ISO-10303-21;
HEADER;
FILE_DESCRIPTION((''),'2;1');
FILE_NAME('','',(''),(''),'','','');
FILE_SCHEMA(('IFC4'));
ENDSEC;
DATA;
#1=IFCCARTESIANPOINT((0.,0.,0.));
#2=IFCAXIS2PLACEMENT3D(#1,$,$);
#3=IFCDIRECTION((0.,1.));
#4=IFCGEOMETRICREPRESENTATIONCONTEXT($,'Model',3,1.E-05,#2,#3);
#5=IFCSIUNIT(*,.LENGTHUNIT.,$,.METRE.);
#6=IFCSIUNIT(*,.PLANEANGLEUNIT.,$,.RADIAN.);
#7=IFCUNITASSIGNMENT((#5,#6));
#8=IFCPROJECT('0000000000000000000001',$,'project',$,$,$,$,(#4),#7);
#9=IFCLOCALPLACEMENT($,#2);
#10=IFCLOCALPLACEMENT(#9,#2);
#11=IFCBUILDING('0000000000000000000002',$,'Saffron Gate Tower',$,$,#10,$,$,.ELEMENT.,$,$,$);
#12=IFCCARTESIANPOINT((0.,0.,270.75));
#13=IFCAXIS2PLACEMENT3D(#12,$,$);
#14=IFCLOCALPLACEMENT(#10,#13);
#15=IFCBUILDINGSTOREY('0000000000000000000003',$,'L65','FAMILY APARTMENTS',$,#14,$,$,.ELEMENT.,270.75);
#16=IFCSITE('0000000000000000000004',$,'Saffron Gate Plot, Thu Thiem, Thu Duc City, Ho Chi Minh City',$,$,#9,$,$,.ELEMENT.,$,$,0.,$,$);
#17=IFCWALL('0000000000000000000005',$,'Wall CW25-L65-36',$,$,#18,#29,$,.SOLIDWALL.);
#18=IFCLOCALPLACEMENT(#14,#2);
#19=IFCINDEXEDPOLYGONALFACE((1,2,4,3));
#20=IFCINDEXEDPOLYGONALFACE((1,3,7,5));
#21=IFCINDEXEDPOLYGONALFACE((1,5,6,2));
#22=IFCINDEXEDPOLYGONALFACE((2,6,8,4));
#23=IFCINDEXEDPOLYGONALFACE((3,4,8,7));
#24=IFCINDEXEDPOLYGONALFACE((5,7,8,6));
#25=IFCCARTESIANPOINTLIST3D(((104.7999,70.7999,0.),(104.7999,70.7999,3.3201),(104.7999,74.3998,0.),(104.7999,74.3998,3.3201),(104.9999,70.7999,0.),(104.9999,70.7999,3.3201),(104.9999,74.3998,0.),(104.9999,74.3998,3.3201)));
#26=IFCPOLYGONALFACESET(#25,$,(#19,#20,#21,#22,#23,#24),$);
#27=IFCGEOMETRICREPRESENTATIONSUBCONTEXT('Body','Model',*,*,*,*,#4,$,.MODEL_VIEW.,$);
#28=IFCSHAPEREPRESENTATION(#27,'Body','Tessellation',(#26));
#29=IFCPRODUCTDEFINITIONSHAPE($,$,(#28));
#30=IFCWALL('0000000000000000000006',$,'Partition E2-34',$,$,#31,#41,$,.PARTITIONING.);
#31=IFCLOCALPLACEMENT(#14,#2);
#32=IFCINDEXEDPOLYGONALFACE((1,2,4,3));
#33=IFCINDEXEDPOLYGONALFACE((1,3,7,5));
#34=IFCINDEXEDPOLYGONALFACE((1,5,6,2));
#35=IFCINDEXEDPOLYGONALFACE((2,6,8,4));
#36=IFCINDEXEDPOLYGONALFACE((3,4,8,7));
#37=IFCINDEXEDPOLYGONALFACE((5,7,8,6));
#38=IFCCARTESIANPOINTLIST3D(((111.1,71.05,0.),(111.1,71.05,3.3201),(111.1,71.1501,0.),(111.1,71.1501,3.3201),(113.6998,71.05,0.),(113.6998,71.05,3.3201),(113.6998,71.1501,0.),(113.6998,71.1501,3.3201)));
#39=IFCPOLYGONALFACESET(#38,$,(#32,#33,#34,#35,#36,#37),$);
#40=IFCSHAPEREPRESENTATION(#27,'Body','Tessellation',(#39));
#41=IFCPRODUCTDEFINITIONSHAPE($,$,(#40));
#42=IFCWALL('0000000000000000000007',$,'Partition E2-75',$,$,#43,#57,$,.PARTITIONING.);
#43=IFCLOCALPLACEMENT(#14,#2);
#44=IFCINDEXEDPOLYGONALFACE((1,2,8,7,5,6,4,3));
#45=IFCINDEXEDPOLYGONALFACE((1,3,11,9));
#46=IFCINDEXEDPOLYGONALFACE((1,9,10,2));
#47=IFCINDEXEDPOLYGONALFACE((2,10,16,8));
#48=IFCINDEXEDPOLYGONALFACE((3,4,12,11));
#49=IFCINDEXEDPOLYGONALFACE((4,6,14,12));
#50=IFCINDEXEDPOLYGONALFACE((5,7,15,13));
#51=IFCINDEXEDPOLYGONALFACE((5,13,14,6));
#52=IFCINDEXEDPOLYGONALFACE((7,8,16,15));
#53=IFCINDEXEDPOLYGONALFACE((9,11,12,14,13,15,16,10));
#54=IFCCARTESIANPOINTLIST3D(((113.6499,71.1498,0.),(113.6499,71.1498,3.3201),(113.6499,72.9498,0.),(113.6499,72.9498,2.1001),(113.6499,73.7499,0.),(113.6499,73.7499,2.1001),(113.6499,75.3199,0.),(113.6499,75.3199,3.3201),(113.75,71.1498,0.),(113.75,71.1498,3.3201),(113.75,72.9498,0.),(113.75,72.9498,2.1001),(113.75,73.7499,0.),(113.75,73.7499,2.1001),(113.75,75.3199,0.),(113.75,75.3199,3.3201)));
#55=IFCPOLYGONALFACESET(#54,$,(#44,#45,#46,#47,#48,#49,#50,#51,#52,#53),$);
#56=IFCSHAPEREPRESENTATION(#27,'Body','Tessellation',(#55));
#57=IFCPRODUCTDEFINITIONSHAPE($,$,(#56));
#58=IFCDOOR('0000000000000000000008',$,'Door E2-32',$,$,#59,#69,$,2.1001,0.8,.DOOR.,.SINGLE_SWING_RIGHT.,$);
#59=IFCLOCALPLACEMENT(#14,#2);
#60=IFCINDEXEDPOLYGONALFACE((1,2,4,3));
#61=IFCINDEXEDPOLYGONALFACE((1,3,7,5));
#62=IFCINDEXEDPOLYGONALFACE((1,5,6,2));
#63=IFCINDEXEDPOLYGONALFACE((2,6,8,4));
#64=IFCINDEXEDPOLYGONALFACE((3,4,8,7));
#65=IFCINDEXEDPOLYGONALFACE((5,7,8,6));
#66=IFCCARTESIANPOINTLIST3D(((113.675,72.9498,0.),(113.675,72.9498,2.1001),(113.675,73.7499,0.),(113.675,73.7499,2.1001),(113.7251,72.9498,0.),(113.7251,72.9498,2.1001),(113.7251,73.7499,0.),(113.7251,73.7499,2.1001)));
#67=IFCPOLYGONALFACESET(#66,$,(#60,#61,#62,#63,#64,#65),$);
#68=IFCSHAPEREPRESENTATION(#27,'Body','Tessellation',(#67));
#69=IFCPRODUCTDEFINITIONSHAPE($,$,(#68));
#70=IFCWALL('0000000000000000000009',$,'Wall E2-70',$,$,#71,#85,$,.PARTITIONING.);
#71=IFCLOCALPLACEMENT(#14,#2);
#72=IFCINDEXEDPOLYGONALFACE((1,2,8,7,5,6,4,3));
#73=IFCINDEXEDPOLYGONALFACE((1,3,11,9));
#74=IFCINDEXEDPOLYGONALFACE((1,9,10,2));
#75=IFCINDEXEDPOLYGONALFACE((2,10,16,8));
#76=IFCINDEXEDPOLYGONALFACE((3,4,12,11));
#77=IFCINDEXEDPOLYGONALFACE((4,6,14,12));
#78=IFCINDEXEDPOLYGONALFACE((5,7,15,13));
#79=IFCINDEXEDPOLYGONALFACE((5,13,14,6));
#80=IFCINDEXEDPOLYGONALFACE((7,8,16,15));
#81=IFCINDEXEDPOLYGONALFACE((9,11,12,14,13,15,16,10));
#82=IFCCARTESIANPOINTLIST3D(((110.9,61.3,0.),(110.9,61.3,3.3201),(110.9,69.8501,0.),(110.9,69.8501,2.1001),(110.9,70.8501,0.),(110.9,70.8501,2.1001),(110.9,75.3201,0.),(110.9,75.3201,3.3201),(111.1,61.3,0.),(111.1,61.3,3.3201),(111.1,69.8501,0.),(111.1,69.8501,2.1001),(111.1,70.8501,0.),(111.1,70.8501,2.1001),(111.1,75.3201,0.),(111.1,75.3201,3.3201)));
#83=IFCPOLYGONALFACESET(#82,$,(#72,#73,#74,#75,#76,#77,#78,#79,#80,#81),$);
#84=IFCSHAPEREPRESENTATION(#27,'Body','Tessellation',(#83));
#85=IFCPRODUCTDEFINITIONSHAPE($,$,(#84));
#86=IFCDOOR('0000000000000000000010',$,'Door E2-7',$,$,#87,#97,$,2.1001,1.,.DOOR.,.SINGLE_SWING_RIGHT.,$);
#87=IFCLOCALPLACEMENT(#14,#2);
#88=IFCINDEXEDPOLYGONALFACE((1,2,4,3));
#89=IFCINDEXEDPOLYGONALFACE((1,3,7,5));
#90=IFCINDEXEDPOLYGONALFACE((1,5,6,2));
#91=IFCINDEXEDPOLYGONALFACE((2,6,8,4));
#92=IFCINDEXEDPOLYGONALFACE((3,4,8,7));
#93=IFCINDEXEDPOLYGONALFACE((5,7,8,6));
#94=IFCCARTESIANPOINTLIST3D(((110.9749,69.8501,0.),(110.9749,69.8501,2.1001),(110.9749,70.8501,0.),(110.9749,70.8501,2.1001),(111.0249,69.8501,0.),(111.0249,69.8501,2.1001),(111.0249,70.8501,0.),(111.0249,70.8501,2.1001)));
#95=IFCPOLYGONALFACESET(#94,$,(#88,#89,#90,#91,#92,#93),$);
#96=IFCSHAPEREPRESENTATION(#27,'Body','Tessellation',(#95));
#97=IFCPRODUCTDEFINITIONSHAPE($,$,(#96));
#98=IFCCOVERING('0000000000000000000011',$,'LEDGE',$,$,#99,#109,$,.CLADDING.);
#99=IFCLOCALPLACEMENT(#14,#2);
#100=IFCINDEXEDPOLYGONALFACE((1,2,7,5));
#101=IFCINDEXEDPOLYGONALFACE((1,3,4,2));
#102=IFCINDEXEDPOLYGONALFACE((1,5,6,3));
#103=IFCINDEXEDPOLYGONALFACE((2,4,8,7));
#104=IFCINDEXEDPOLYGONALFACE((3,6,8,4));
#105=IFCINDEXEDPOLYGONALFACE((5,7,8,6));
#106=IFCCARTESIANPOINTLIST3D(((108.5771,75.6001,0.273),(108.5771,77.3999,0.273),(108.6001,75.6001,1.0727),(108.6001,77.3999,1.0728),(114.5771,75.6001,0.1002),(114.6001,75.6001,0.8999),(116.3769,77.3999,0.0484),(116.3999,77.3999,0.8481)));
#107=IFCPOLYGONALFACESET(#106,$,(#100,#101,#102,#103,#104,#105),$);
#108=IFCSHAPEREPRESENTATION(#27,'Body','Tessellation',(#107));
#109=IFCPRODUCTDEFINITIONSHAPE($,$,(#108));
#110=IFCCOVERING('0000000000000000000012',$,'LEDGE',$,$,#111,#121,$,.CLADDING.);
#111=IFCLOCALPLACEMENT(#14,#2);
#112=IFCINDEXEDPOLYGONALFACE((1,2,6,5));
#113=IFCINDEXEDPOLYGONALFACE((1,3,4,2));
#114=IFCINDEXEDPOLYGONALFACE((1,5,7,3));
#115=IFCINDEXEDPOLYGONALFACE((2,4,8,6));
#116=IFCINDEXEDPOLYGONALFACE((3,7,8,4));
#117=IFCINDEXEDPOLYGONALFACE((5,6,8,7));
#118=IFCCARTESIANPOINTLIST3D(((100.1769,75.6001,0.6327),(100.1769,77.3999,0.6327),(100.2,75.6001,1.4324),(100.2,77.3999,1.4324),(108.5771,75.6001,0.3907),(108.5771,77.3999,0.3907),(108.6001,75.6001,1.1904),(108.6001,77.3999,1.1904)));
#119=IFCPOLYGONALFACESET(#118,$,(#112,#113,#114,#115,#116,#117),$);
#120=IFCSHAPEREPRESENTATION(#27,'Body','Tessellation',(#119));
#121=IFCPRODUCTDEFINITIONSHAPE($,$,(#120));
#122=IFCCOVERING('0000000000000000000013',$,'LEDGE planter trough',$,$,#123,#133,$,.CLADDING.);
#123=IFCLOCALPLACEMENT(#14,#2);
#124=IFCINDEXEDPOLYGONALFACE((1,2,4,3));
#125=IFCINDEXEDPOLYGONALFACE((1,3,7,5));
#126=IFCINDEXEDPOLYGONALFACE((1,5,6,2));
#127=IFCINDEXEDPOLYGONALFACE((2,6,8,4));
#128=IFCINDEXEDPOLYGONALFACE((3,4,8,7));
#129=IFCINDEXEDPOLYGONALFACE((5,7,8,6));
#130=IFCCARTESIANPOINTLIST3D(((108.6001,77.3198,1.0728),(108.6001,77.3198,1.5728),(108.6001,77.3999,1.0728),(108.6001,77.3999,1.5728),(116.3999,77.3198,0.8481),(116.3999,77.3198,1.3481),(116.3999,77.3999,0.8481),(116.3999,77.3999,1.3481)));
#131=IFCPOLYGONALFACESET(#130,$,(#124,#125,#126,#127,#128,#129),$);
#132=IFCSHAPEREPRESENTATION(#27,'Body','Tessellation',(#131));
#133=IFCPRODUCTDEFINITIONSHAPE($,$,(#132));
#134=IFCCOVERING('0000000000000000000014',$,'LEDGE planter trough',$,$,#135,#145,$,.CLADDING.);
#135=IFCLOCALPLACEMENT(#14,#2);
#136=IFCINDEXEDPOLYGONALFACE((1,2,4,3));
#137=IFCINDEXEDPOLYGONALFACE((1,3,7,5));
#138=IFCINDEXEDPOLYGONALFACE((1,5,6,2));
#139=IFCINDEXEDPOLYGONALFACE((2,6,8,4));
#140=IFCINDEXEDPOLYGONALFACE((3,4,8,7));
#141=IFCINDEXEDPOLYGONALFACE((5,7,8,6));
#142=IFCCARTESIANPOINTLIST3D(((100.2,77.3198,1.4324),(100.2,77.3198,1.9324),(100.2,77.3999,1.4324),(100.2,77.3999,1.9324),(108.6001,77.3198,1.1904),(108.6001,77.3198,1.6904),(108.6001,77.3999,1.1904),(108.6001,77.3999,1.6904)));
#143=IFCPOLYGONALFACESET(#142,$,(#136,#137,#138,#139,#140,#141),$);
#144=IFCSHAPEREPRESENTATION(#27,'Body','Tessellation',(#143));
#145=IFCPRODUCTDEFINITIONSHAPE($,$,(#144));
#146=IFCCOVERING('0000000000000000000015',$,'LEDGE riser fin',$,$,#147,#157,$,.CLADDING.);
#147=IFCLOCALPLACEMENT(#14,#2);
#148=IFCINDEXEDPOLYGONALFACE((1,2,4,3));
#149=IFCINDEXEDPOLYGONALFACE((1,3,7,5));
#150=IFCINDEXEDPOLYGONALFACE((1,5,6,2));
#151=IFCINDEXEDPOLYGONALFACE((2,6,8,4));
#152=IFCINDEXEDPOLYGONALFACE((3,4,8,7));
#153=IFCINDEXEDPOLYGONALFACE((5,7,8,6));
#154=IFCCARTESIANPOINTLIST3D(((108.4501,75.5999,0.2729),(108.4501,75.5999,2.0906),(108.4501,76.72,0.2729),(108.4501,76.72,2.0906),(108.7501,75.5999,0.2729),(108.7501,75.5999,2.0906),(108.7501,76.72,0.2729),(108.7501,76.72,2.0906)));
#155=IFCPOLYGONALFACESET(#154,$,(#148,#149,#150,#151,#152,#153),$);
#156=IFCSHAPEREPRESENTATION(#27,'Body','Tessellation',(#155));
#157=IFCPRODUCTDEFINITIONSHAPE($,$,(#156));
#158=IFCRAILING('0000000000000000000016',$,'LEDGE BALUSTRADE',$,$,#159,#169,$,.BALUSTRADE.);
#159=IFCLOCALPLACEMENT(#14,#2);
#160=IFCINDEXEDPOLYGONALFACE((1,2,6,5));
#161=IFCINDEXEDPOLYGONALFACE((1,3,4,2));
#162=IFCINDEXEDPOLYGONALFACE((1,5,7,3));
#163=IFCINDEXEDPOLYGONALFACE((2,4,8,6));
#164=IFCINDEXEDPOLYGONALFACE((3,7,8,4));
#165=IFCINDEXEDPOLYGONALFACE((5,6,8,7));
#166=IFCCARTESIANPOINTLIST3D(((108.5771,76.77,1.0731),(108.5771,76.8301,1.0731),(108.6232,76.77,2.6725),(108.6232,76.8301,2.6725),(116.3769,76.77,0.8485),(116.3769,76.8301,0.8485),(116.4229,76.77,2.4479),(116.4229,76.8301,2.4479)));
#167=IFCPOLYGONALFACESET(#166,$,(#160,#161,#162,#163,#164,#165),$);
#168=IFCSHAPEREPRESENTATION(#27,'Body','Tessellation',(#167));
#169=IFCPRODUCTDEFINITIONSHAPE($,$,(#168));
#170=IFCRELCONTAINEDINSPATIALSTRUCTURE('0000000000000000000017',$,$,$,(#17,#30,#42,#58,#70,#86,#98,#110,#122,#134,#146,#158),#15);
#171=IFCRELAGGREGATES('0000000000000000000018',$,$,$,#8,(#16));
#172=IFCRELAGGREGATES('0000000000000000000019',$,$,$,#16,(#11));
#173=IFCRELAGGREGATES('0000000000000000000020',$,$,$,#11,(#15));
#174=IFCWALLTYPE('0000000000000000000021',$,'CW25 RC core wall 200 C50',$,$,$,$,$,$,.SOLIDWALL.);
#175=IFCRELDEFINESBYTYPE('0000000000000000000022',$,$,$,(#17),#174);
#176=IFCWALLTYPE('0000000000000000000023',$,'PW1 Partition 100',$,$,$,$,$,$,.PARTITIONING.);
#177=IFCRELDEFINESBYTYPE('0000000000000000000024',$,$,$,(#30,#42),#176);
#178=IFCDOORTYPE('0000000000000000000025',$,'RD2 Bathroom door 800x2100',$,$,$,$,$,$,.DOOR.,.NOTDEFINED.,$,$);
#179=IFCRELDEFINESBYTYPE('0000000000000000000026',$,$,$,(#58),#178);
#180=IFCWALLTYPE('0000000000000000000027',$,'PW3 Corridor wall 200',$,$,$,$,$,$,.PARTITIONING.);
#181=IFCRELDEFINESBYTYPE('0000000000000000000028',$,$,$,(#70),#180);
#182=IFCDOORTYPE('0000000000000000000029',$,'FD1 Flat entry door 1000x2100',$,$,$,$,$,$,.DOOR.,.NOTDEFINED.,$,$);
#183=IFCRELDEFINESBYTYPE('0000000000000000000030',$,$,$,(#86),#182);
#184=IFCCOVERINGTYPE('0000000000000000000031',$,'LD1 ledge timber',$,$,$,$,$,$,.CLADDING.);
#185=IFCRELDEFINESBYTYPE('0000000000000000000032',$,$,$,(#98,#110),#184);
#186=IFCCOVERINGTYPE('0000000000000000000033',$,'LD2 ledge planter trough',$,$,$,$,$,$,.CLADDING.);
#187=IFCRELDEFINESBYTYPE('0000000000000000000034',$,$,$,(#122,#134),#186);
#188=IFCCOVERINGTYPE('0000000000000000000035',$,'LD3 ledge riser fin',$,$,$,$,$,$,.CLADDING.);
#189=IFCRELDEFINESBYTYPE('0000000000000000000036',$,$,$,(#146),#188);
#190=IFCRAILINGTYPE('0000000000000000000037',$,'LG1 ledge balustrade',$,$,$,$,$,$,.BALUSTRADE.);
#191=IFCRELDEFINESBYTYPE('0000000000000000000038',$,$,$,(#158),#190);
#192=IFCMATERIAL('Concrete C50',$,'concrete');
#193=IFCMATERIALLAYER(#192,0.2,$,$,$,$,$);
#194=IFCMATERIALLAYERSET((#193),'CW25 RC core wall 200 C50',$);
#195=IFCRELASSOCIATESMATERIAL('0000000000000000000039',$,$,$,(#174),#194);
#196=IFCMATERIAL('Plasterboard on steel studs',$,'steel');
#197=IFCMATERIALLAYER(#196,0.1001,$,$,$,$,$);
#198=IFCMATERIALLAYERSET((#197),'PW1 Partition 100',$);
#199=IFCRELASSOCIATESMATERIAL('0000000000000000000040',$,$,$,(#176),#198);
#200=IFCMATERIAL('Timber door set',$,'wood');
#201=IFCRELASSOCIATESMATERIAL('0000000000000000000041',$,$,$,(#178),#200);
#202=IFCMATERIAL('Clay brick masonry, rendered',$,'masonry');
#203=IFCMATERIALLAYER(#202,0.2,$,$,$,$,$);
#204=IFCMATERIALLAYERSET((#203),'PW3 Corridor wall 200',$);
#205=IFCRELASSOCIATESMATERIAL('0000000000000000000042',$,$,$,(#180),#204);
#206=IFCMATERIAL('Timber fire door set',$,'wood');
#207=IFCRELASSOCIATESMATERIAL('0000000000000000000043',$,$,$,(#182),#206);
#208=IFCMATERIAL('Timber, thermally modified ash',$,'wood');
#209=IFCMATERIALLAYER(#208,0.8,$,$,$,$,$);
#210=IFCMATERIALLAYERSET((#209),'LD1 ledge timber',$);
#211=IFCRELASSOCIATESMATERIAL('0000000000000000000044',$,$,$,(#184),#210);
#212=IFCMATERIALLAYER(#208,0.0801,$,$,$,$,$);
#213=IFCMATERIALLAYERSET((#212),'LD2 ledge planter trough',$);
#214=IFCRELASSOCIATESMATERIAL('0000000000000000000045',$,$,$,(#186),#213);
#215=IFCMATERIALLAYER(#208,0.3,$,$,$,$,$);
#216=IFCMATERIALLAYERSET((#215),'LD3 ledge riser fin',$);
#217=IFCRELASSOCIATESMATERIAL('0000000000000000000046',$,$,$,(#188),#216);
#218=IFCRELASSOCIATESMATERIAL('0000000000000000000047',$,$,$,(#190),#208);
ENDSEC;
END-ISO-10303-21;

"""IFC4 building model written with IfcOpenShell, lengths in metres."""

from ifc_helpers import new_model, si_unit, direction, frame, frame_2d, origin, origin_2d, place, context, subcontext, project, spatial, polyline, rectangle, outline, extrude, material, layer, layer_set, type_object, element, fill, save


model = new_model("IFC4")

# Units and contexts
model_context = context("Model", 3, precision=1e-05, world=origin(), true_north=direction((0.0, 1.0)))
body_context = subcontext(model_context, "Body", "Model", "MODEL_VIEW")
ifc_project = project(units=[si_unit("LENGTHUNIT", "METRE"), si_unit("PLANEANGLEUNIT", "RADIAN")], contexts=[model_context])

# Site, building, storey
site_placement = place(None, origin())
site = spatial("IfcSite", under=ifc_project, at=site_placement, Name="Saffron Gate Plot, Thu Thiem, Thu Duc City, Ho Chi Minh City", CompositionType="ELEMENT", RefElevation=0.0)
building_placement = place(site_placement, origin())
building = spatial("IfcBuilding", under=site, at=building_placement, Name="Saffron Gate Tower", CompositionType="ELEMENT")
storey_placement = place(building_placement, frame((0.0, 0.0, 270.75)))
storey = spatial("IfcBuildingStorey", under=building, at=storey_placement, Name="L65", Description="FAMILY APARTMENTS", CompositionType="ELEMENT", Elevation=270.75)

# Walls
ifc_material_1 = material(Name="Concrete C50", Category="concrete")
ifc_layer_1 = layer(ifc_material_1, 0.2)
ifc_layer_set_1 = layer_set([ifc_layer_1], Name="CW25 RC core wall 200 C50")
wall_type_1 = type_object("IfcWallType", Name="CW25 RC core wall 200 C50", PredefinedType="SOLIDWALL", material=ifc_layer_set_1)
wall_1_placement = place(storey_placement, frame((104.8999, 70.8, 0.0), z_axis=(0.0, 0.0, 1.0), x_axis=(0.0, 1.0, 0.0)))
element("IfcWall", 1, at=wall_1_placement, inside=storey, type_object=wall_type_1, Name="Wall CW25-L65-36", PredefinedType="SOLIDWALL", context=body_context, shape_type="SweptSolid", body=[
    extrude(rectangle(XDim=3.5999, YDim=0.2, at=frame_2d((1.7998, 0.0))), origin(), (0.0, 0.0, 1.0), 3.3201),
])
ifc_material_2 = material(Name="Plasterboard on steel studs", Category="steel")
ifc_layer_2 = layer(ifc_material_2, 0.1001)
ifc_layer_set_2 = layer_set([ifc_layer_2], Name="PW1 Partition 100")
wall_type_2 = type_object("IfcWallType", Name="PW1 Partition 100", PredefinedType="PARTITIONING", material=ifc_layer_set_2)
wall_2_placement = place(storey_placement, frame((111.1001, 71.1001, 0.0), z_axis=(0.0, 0.0, 1.0), x_axis=(1.0, 0.0, 0.0)))
element("IfcWall", 2, at=wall_2_placement, inside=storey, type_object=wall_type_2, Name="Partition E2-34", PredefinedType="PARTITIONING", context=body_context, shape_type="SweptSolid", body=[
    extrude(rectangle(XDim=2.5999, YDim=0.1001, at=frame_2d((1.2998, 0.0))), origin(), (0.0, 0.0, 1.0), 3.3201),
])

# Walls, openings, doors
wall_3_placement = place(storey_placement, frame((113.7, 71.1499, 0.0), z_axis=(0.0, 0.0, 1.0), x_axis=(0.0, 1.0, 0.0)))
wall_3 = element("IfcWall", 3, at=wall_3_placement, inside=storey, type_object=wall_type_2, Name="Partition E2-75", PredefinedType="PARTITIONING", context=body_context, shape_type="SweptSolid", body=[
    extrude(rectangle(XDim=4.1702, YDim=0.1001, at=frame_2d((2.085, 0.0))), origin(), (0.0, 0.0, 1.0), 3.3201),
])
opening_1_placement = place(wall_3_placement, frame((1.8, 0.0, 0.0)))
opening_1 = element("IfcOpeningElement", 4, at=opening_1_placement, cuts=wall_3, PredefinedType="OPENING", context=body_context, shape_type="SweptSolid", body=[
    extrude(rectangle(XDim=0.8, YDim=2.1001, at=frame_2d((0.3999, 1.05))), frame((0.0, 0.0601, 0.0), z_axis=(0.0, -1.0, 0.0), x_axis=(1.0, 0.0, 0.0)), (0.0, 0.0, 1.0), 0.1201),
])
ifc_material_3 = material(Name="Timber door set", Category="wood")
door_type_1 = type_object("IfcDoorType", Name="RD2 Bathroom door 800x2100", OperationType="NOTDEFINED", PredefinedType="DOOR", material=ifc_material_3)
door_1_placement = place(opening_1_placement, origin())
door_1 = element("IfcDoor", 5, at=door_1_placement, inside=storey, type_object=door_type_1, Name="Door E2-32", OperationType="SINGLE_SWING_RIGHT", OverallHeight=2.1001, OverallWidth=0.8, PredefinedType="DOOR", context=body_context, shape_type="SweptSolid", body=[
    extrude(rectangle(XDim=0.8, YDim=2.1001, at=frame_2d((0.3999, 1.05))), frame((0.0, 0.0249, 0.0), z_axis=(0.0, -1.0, 0.0), x_axis=(1.0, 0.0, 0.0)), (0.0, 0.0, 1.0), 0.05),
])
fill(opening_1, door_1)
ifc_material_4 = material(Name="Clay brick masonry, rendered", Category="masonry")
ifc_layer_3 = layer(ifc_material_4, 0.2)
ifc_layer_set_3 = layer_set([ifc_layer_3], Name="PW3 Corridor wall 200")
wall_type_3 = type_object("IfcWallType", Name="PW3 Corridor wall 200", PredefinedType="PARTITIONING", material=ifc_layer_set_3)
wall_4_placement = place(storey_placement, frame((111.0, 75.3201, 0.0), z_axis=(0.0, 0.0, 1.0), x_axis=(0.0, -1.0, 0.0)))
wall_4 = element("IfcWall", 6, at=wall_4_placement, inside=storey, type_object=wall_type_3, Name="Wall E2-70", PredefinedType="PARTITIONING", context=body_context, shape_type="SweptSolid", body=[
    extrude(rectangle(XDim=14.02, YDim=0.2, at=frame_2d((7.01, 0.0))), origin(), (0.0, 0.0, 1.0), 3.3201),
])
opening_2_placement = place(wall_4_placement, frame((4.47, 0.0, 0.0)))
opening_2 = element("IfcOpeningElement", 7, at=opening_2_placement, cuts=wall_4, PredefinedType="OPENING", context=body_context, shape_type="SweptSolid", body=[
    extrude(rectangle(XDim=1.0, YDim=2.1001, at=frame_2d((0.5, 1.05))), frame((0.0, 0.1099, 0.0), z_axis=(0.0, -1.0, 0.0), x_axis=(1.0, 0.0, 0.0)), (0.0, 0.0, 1.0), 0.22),
])
ifc_material_5 = material(Name="Timber fire door set", Category="wood")
door_type_2 = type_object("IfcDoorType", Name="FD1 Flat entry door 1000x2100", OperationType="NOTDEFINED", PredefinedType="DOOR", material=ifc_material_5)
door_2_placement = place(opening_2_placement, origin())
door_2 = element("IfcDoor", 8, at=door_2_placement, inside=storey, type_object=door_type_2, Name="Door E2-7", OperationType="SINGLE_SWING_RIGHT", OverallHeight=2.1001, OverallWidth=1.0, PredefinedType="DOOR", context=body_context, shape_type="SweptSolid", body=[
    extrude(rectangle(XDim=1.0, YDim=2.1001, at=frame_2d((0.5, 1.05))), frame((0.0, 0.0249, 0.0), z_axis=(0.0, -1.0, 0.0), x_axis=(1.0, 0.0, 0.0)), (0.0, 0.0, 1.0), 0.05),
])
fill(opening_2, door_2)

# Coverings
ifc_material_6 = material(Name="Timber, thermally modified ash", Category="wood")
ifc_layer_4 = layer(ifc_material_6, 0.8)
ifc_layer_set_4 = layer_set([ifc_layer_4], Name="LD1 ledge timber")
covering_type_1 = type_object("IfcCoveringType", Name="LD1 ledge timber", PredefinedType="CLADDING", material=ifc_layer_set_4)
covering_1_placement = place(storey_placement, frame((114.6001, 75.6001, 0.8999), z_axis=(0.02879, -0.000022, 0.999585), x_axis=(-0.999585, 0.0, 0.02879)))
element("IfcCovering", 9, at=covering_1_placement, inside=storey, type_object=covering_type_1, Name="LEDGE", PredefinedType="CLADDING", context=body_context, shape_type="SweptSolid", body=[
    extrude(outline(polyline([(0.0, 0.0), (6.0025, 0.0), (6.0025, -1.7998), (-1.8005, -1.7998), (0.0, 0.0)])), origin(), (0.0, 0.0, -1.0), 0.8),
])
covering_2_placement = place(storey_placement, frame((108.6001, 75.6001, 1.1904), z_axis=(0.02879, 0.0, 0.999585), x_axis=(-0.999585, 0.0, 0.02879)))
element("IfcCovering", 10, at=covering_2_placement, inside=storey, type_object=covering_type_1, Name="LEDGE", PredefinedType="CLADDING", context=body_context, shape_type="SweptSolid", body=[
    extrude(outline(polyline([(0.0, 0.0), (8.4036, 0.0), (8.4036, -1.7998), (0.0, -1.7998), (0.0, 0.0)])), origin(), (0.0, 0.0, -1.0), 0.8),
])
ifc_layer_5 = layer(ifc_material_6, 0.0801)
ifc_layer_set_5 = layer_set([ifc_layer_5], Name="LD2 ledge planter trough")
covering_type_2 = type_object("IfcCoveringType", Name="LD2 ledge planter trough", PredefinedType="CLADDING", material=ifc_layer_set_5)
covering_3_placement = place(storey_placement, frame((116.3999, 77.3999, 0.8481), z_axis=(0.0, 1.0, 0.0), x_axis=(-0.999586, 0.0, 0.028785)))
element("IfcCovering", 11, at=covering_3_placement, inside=storey, type_object=covering_type_2, Name="LEDGE planter trough", PredefinedType="CLADDING", context=body_context, shape_type="SweptSolid", body=[
    extrude(outline(polyline([(0.0, 0.0), (7.803, 0.0), (7.8174, 0.4998), (0.0144, 0.4998), (0.0, 0.0)])), origin(), (0.0, 0.0, -1.0), 0.0801),
])
covering_4_placement = place(storey_placement, frame((108.6001, 77.3999, 1.1904), z_axis=(0.0, 1.0, 0.0), x_axis=(-0.999585, 0.0, 0.02879)))
element("IfcCovering", 12, at=covering_4_placement, inside=storey, type_object=covering_type_2, Name="LEDGE planter trough", PredefinedType="CLADDING", context=body_context, shape_type="SweptSolid", body=[
    extrude(outline(polyline([(0.0, 0.0), (8.4036, 0.0), (8.418, 0.4998), (0.0144, 0.4998), (0.0, 0.0)])), origin(), (0.0, 0.0, -1.0), 0.0801),
])
ifc_layer_6 = layer(ifc_material_6, 0.3)
ifc_layer_set_6 = layer_set([ifc_layer_6], Name="LD3 ledge riser fin")
covering_type_3 = type_object("IfcCoveringType", Name="LD3 ledge riser fin", PredefinedType="CLADDING", material=ifc_layer_set_6)
covering_5_placement = place(storey_placement, frame((108.6001, 76.1599, 0.2729), z_axis=(0.0, 0.0, 1.0), x_axis=(-1.0, 0.0, 0.0)))
element("IfcCovering", 13, at=covering_5_placement, inside=storey, type_object=covering_type_3, Name="LEDGE riser fin", PredefinedType="CLADDING", context=body_context, shape_type="SweptSolid", body=[
    extrude(rectangle(XDim=0.3, YDim=1.1201, at=origin_2d()), origin(), (0.0, 0.0, 1.0), 1.8176),
])

# Railing
railing_type = type_object("IfcRailingType", Name="LG1 ledge balustrade", PredefinedType="BALUSTRADE", material=ifc_material_6)
railing_1_placement = place(storey_placement, frame((116.3999, 76.8, 0.8481)))
element("IfcRailing", 14, at=railing_1_placement, inside=storey, type_object=railing_type, Name="LEDGE BALUSTRADE", PredefinedType="BALUSTRADE", context=body_context, shape_type="SweptSolid", body=[
    extrude(rectangle(XDim=0.0601, YDim=1.6001, at=origin_2d()), frame((0.0, 0.0, 0.8), z_axis=(-0.999586, 0.0, 0.028785), x_axis=(0.0, -1.0, 0.0)), (0.0, 0.0, 1.0), 7.803),
])

save(model, "model.ifc")
